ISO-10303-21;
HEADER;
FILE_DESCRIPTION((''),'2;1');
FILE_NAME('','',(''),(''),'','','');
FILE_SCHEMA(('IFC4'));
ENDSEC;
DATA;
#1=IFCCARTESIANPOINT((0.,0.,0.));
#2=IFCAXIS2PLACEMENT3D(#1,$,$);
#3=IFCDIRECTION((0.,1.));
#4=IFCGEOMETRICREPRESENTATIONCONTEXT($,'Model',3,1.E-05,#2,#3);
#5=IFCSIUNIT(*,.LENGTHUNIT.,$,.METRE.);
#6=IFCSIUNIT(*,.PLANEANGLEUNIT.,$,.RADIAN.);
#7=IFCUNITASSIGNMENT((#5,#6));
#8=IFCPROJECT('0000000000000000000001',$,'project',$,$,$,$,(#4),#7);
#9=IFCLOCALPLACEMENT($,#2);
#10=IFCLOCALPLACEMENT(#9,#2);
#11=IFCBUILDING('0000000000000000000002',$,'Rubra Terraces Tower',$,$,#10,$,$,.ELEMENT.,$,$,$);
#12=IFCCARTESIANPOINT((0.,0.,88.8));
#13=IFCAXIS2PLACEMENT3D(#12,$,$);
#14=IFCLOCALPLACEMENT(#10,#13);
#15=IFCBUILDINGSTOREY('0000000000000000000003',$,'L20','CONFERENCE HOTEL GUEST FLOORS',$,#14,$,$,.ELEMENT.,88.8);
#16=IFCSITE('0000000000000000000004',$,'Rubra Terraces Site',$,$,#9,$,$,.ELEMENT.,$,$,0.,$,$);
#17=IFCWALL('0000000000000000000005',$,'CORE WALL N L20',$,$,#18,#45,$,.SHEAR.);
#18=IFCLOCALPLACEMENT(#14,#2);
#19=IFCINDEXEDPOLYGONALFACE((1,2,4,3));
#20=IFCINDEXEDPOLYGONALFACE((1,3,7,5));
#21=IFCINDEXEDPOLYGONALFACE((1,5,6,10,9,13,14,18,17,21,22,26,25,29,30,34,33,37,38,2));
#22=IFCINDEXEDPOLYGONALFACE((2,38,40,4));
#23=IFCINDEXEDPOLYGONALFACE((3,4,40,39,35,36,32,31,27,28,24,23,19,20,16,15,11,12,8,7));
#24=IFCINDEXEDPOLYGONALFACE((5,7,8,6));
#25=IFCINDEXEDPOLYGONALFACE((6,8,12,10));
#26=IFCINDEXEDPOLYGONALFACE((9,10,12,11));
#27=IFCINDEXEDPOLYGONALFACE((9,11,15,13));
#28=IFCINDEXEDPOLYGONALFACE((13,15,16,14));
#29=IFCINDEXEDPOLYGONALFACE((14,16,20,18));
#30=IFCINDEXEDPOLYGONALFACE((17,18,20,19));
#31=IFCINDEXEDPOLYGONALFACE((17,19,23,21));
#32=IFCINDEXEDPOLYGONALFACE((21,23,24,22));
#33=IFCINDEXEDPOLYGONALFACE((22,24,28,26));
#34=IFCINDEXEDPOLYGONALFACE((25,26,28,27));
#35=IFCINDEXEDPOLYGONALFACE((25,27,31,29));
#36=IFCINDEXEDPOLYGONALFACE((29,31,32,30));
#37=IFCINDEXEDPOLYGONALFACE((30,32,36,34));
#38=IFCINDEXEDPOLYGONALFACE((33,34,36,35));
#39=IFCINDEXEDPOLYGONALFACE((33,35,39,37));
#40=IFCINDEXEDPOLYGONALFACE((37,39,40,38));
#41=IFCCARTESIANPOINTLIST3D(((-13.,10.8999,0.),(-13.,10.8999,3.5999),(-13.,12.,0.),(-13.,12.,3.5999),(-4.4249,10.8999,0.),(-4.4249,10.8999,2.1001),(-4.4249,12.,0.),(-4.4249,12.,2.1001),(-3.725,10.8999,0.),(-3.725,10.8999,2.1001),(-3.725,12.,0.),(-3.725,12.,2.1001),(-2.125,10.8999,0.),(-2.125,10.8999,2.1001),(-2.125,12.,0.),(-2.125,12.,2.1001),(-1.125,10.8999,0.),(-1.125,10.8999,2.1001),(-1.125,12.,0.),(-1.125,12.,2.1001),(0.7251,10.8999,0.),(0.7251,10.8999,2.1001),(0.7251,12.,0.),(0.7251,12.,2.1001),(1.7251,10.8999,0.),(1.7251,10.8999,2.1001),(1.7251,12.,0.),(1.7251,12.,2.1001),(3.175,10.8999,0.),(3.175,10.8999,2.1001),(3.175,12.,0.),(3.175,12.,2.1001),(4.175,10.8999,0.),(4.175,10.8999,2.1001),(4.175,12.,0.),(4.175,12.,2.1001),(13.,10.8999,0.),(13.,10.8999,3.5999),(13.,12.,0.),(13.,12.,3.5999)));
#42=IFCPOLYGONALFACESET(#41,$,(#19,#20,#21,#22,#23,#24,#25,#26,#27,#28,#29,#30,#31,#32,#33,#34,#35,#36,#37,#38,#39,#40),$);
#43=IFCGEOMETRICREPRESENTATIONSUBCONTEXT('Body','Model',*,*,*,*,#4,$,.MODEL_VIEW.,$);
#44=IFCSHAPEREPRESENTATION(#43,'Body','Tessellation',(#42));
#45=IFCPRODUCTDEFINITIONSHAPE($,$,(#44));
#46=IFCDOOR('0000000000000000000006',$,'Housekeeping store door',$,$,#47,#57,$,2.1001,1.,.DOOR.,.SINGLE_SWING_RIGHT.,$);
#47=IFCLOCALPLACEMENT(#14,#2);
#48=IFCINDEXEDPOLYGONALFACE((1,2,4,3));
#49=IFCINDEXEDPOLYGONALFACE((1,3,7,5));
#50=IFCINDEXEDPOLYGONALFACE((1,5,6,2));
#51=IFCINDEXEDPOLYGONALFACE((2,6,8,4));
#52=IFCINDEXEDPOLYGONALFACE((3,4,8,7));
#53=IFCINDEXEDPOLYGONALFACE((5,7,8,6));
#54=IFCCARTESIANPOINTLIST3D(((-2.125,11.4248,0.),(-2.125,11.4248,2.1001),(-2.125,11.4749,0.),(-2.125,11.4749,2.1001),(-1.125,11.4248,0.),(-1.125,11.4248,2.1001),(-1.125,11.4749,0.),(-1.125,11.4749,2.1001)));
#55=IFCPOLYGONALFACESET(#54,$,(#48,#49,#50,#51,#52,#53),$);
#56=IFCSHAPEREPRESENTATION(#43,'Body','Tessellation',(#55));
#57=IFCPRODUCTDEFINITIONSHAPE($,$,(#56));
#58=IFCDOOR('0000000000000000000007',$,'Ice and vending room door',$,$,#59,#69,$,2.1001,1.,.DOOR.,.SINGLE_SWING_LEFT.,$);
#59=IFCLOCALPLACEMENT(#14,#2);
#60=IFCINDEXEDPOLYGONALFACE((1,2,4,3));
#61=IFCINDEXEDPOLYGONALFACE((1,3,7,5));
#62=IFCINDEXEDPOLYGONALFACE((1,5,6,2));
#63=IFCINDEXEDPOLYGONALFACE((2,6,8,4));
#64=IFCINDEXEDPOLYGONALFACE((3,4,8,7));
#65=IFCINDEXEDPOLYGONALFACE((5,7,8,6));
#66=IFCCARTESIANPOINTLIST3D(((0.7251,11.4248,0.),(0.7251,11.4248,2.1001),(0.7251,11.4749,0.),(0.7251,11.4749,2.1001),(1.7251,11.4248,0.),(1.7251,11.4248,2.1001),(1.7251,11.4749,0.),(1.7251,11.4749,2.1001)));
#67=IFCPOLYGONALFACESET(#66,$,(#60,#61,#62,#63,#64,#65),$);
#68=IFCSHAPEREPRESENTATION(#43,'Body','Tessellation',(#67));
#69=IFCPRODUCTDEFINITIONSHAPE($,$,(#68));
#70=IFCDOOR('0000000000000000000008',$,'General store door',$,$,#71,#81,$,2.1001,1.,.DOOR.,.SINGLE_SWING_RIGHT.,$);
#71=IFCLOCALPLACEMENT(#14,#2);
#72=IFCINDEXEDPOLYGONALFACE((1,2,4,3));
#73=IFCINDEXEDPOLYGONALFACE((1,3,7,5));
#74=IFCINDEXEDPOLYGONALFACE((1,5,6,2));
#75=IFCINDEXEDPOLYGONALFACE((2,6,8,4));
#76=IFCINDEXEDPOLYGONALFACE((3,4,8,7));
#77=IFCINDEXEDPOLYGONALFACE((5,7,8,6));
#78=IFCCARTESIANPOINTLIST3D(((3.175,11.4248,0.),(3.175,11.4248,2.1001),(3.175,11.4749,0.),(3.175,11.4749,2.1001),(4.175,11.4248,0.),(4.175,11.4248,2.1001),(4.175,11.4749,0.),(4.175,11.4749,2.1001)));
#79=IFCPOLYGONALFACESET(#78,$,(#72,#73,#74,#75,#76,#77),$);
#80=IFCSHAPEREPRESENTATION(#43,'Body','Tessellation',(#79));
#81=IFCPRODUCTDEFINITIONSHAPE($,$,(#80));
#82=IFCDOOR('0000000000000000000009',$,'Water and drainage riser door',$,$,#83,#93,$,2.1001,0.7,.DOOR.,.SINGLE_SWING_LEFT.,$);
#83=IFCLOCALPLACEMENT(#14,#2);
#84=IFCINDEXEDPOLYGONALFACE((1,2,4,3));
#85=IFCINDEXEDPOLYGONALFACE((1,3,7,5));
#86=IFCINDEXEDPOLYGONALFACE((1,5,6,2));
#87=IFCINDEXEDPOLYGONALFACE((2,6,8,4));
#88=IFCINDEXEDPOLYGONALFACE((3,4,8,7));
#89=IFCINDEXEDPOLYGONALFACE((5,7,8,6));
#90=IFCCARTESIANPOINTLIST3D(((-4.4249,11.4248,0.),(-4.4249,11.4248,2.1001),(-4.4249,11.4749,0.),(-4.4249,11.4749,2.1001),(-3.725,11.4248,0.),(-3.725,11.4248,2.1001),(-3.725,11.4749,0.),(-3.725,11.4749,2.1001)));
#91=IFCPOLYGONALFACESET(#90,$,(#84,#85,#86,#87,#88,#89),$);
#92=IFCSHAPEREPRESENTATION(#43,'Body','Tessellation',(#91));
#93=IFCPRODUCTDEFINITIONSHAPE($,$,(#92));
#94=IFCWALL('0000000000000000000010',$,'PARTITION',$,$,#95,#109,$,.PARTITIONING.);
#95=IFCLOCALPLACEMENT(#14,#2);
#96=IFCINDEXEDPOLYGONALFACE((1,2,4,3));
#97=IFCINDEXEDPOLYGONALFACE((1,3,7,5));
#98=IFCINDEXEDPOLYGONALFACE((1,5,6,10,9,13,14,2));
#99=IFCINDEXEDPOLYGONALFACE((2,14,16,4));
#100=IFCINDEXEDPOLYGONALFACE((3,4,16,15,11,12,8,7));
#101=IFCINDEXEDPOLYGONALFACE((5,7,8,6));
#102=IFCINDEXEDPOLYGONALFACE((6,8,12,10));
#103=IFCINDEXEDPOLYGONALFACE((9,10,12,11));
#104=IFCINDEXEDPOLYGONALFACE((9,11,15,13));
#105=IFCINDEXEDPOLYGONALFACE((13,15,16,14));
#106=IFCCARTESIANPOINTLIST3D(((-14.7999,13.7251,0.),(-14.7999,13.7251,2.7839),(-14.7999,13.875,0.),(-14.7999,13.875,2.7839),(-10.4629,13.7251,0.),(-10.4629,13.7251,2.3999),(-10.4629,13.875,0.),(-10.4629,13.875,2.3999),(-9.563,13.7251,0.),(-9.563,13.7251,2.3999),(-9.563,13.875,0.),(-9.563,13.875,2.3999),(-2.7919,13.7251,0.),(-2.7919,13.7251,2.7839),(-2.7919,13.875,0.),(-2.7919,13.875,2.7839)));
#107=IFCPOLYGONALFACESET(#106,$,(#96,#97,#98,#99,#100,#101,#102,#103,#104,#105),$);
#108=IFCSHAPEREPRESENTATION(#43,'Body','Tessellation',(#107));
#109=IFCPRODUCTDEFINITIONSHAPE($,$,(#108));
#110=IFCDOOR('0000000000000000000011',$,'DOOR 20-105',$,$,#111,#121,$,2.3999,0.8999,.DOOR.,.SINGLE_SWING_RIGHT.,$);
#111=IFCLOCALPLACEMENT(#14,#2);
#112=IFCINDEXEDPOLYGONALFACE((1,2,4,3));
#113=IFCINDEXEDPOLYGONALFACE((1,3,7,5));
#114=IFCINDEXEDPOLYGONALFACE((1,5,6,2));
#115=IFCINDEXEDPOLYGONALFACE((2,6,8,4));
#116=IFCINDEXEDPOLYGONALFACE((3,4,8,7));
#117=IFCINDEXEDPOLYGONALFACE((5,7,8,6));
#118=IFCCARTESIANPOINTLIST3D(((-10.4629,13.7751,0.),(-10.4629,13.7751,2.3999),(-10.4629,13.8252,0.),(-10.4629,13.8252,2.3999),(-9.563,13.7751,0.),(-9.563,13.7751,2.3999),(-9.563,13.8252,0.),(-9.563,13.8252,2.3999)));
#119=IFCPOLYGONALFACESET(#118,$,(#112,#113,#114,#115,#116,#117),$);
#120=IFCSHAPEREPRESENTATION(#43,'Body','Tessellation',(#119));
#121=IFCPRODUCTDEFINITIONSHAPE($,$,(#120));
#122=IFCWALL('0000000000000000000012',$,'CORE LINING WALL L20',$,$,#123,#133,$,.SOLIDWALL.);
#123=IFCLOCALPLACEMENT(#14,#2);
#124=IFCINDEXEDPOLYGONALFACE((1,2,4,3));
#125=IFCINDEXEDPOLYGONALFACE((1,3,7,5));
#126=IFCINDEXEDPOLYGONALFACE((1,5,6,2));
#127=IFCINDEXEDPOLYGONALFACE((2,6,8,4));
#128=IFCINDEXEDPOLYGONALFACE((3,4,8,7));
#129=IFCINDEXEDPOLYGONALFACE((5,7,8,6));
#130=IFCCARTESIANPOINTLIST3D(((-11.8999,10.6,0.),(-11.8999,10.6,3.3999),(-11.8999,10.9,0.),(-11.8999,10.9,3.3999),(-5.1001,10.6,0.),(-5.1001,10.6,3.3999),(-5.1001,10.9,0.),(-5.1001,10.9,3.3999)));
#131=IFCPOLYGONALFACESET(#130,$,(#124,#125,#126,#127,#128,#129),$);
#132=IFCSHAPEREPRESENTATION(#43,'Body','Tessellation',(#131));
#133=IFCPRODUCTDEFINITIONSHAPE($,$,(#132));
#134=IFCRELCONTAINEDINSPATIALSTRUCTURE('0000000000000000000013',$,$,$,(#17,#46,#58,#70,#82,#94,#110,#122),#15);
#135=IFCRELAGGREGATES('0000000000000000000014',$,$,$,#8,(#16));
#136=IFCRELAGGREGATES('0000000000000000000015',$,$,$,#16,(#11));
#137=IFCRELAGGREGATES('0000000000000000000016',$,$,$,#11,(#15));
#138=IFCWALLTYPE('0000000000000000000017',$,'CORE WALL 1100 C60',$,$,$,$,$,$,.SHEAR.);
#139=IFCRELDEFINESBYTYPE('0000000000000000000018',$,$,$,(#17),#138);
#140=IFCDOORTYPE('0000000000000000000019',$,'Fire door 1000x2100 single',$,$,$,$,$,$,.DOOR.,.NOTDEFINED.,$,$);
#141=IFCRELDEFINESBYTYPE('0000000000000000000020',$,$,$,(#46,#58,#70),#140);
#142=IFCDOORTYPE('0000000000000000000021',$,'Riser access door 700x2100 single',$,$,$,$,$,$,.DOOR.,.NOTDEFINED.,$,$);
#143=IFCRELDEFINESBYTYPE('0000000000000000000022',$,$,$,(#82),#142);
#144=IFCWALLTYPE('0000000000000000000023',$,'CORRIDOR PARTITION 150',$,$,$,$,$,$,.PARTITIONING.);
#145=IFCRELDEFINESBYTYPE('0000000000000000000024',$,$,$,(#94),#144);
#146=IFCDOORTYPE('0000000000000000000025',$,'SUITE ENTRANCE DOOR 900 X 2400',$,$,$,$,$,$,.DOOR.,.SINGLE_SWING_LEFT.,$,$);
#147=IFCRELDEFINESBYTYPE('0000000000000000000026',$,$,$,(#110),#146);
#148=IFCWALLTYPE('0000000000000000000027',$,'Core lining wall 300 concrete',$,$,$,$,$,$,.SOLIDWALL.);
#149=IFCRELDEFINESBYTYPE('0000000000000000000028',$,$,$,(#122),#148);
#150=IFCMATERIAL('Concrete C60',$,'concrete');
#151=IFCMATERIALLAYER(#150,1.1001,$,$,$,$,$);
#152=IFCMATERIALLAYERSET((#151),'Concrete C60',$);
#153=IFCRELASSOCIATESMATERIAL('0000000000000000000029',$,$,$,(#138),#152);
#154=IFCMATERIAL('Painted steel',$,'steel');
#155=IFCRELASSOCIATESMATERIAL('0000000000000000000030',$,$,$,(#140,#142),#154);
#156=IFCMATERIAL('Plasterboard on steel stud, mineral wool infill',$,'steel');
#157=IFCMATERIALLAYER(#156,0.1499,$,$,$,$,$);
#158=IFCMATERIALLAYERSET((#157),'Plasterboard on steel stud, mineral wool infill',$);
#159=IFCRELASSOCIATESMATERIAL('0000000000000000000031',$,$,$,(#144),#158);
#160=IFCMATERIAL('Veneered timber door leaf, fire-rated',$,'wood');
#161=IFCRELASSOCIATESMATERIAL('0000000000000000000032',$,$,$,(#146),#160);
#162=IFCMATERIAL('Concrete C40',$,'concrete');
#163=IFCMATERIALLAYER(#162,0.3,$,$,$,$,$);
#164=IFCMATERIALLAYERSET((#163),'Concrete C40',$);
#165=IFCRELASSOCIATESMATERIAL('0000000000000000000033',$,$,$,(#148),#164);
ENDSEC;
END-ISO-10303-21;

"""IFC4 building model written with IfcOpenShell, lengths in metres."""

from ifc_helpers import new_model, si_unit, direction, frame, frame_2d, origin, place, context, subcontext, project, spatial, rectangle, extrude, material, layer, layer_set, type_object, element, fill, save


model = new_model("IFC4")

# Units and contexts
model_context = context("Model", 3, precision=1e-05, world=origin(), true_north=direction((0.0, 1.0)))
body_context = subcontext(model_context, "Body", "Model", "MODEL_VIEW")
ifc_project = project(units=[si_unit("LENGTHUNIT", "METRE"), si_unit("PLANEANGLEUNIT", "RADIAN")], contexts=[model_context])

# Site, building, storey
site_placement = place(None, origin())
site = spatial("IfcSite", under=ifc_project, at=site_placement, Name="Rubra Terraces Site", CompositionType="ELEMENT", RefElevation=0.0)
building_placement = place(site_placement, origin())
building = spatial("IfcBuilding", under=site, at=building_placement, Name="Rubra Terraces Tower", CompositionType="ELEMENT")
storey_placement = place(building_placement, frame((0.0, 0.0, 88.8)))
storey = spatial("IfcBuildingStorey", under=building, at=storey_placement, Name="L20", Description="CONFERENCE HOTEL GUEST FLOORS", CompositionType="ELEMENT", Elevation=88.8)

# Shared definitions
ifc_material_1 = material(Name="Concrete C60", Category="concrete")

# Wall, openings, doors
ifc_layer_1 = layer(ifc_material_1, 1.1001)
ifc_layer_set_1 = layer_set([ifc_layer_1], Name="Concrete C60")
wall_type_1 = type_object("IfcWallType", Name="CORE WALL 1100 C60", PredefinedType="SHEAR", material=ifc_layer_set_1)
wall_1_placement = place(storey_placement, frame((-13.0, 11.45, 0.0), z_axis=(0.0, 0.0, 1.0), x_axis=(1.0, 0.0, 0.0)))
wall_1 = element("IfcWall", 1, at=wall_1_placement, inside=storey, type_object=wall_type_1, Name="CORE WALL N L20", PredefinedType="SHEAR", context=body_context, shape_type="SweptSolid", body=[
    extrude(rectangle(XDim=26.0, YDim=1.1001, at=frame_2d((13.0, 0.0))), origin(), (0.0, 0.0, 1.0), 3.5999),
])
opening_1_placement = place(wall_1_placement, frame((8.575, 0.0, 0.0)))
opening_1 = element("IfcOpeningElement", 2, at=opening_1_placement, cuts=wall_1, PredefinedType="OPENING", context=body_context, shape_type="SweptSolid", body=[
    extrude(rectangle(XDim=0.7, YDim=2.1001, at=frame_2d((0.3501, 1.05))), frame((0.0, 0.5601, 0.0), z_axis=(0.0, -1.0, 0.0), x_axis=(1.0, 0.0, 0.0)), (0.0, 0.0, 1.0), 1.1201),
])
opening_2_placement = place(wall_1_placement, frame((10.875, 0.0, 0.0)))
opening_2 = element("IfcOpeningElement", 3, at=opening_2_placement, cuts=wall_1, PredefinedType="OPENING", context=body_context, shape_type="SweptSolid", body=[
    extrude(rectangle(XDim=1.0, YDim=2.1001, at=frame_2d((0.5, 1.05))), frame((0.0, 0.5601, 0.0), z_axis=(0.0, -1.0, 0.0), x_axis=(1.0, 0.0, 0.0)), (0.0, 0.0, 1.0), 1.1201),
])
opening_3_placement = place(wall_1_placement, frame((13.7251, 0.0, 0.0)))
opening_3 = element("IfcOpeningElement", 4, at=opening_3_placement, cuts=wall_1, PredefinedType="OPENING", context=body_context, shape_type="SweptSolid", body=[
    extrude(rectangle(XDim=1.0, YDim=2.1001, at=frame_2d((0.5, 1.05))), frame((0.0, 0.5601, 0.0), z_axis=(0.0, -1.0, 0.0), x_axis=(1.0, 0.0, 0.0)), (0.0, 0.0, 1.0), 1.1201),
])
opening_4_placement = place(wall_1_placement, frame((16.175, 0.0, 0.0)))
opening_4 = element("IfcOpeningElement", 5, at=opening_4_placement, cuts=wall_1, PredefinedType="OPENING", context=body_context, shape_type="SweptSolid", body=[
    extrude(rectangle(XDim=1.0, YDim=2.1001, at=frame_2d((0.5, 1.05))), frame((0.0, 0.5601, 0.0), z_axis=(0.0, -1.0, 0.0), x_axis=(1.0, 0.0, 0.0)), (0.0, 0.0, 1.0), 1.1201),
])
ifc_material_2 = material(Name="Painted steel", Category="steel")
door_type_1 = type_object("IfcDoorType", Name="Fire door 1000x2100 single", OperationType="NOTDEFINED", PredefinedType="DOOR", material=ifc_material_2)
door_1_placement = place(opening_2_placement, origin())
door_1 = element("IfcDoor", 6, at=door_1_placement, inside=storey, type_object=door_type_1, Name="Housekeeping store door", OperationType="SINGLE_SWING_RIGHT", OverallHeight=2.1001, OverallWidth=1.0, PredefinedType="DOOR", context=body_context, shape_type="SweptSolid", body=[
    extrude(rectangle(XDim=1.0, YDim=2.1001, at=frame_2d((0.5, 1.05))), frame((0.0, 0.0249, 0.0), z_axis=(0.0, -1.0, 0.0), x_axis=(1.0, 0.0, 0.0)), (0.0, 0.0, 1.0), 0.05),
])
fill(opening_2, door_1)
door_2_placement = place(opening_3_placement, origin())
door_2 = element("IfcDoor", 7, at=door_2_placement, inside=storey, type_object=door_type_1, Name="Ice and vending room door", OperationType="SINGLE_SWING_LEFT", OverallHeight=2.1001, OverallWidth=1.0, PredefinedType="DOOR", context=body_context, shape_type="SweptSolid", body=[
    extrude(rectangle(XDim=1.0, YDim=2.1001, at=frame_2d((0.5, 1.05))), frame((0.0, 0.0249, 0.0), z_axis=(0.0, -1.0, 0.0), x_axis=(1.0, 0.0, 0.0)), (0.0, 0.0, 1.0), 0.05),
])
fill(opening_3, door_2)
door_3_placement = place(opening_4_placement, origin())
door_3 = element("IfcDoor", 8, at=door_3_placement, inside=storey, type_object=door_type_1, Name="General store door", OperationType="SINGLE_SWING_RIGHT", OverallHeight=2.1001, OverallWidth=1.0, PredefinedType="DOOR", context=body_context, shape_type="SweptSolid", body=[
    extrude(rectangle(XDim=1.0, YDim=2.1001, at=frame_2d((0.5, 1.05))), frame((0.0, 0.0249, 0.0), z_axis=(0.0, -1.0, 0.0), x_axis=(1.0, 0.0, 0.0)), (0.0, 0.0, 1.0), 0.05),
])
fill(opening_4, door_3)
door_type_2 = type_object("IfcDoorType", Name="Riser access door 700x2100 single", OperationType="NOTDEFINED", PredefinedType="DOOR", material=ifc_material_2)
door_4_placement = place(opening_1_placement, origin())
door_4 = element("IfcDoor", 9, at=door_4_placement, inside=storey, type_object=door_type_2, Name="Water and drainage riser door", OperationType="SINGLE_SWING_LEFT", OverallHeight=2.1001, OverallWidth=0.7, PredefinedType="DOOR", context=body_context, shape_type="SweptSolid", body=[
    extrude(rectangle(XDim=0.7, YDim=2.1001, at=frame_2d((0.3501, 1.05))), frame((0.0, 0.0249, 0.0), z_axis=(0.0, -1.0, 0.0), x_axis=(1.0, 0.0, 0.0)), (0.0, 0.0, 1.0), 0.05),
])
fill(opening_1, door_4)

# Wall, opening, door
ifc_material_3 = material(Name="Plasterboard on steel stud, mineral wool infill", Category="steel")
ifc_layer_2 = layer(ifc_material_3, 0.1499)
ifc_layer_set_2 = layer_set([ifc_layer_2], Name="Plasterboard on steel stud, mineral wool infill")
wall_type_2 = type_object("IfcWallType", Name="CORRIDOR PARTITION 150", PredefinedType="PARTITIONING", material=ifc_layer_set_2)
wall_2_placement = place(storey_placement, frame((-2.792, 13.8, 0.0), z_axis=(0.0, 0.0, 1.0), x_axis=(-1.0, 0.0, 0.0)))
wall_2 = element("IfcWall", 10, at=wall_2_placement, inside=storey, type_object=wall_type_2, Name="PARTITION", PredefinedType="PARTITIONING", context=body_context, shape_type="SweptSolid", body=[
    extrude(rectangle(XDim=12.0081, YDim=0.1499, at=frame_2d((6.0039, 0.0))), origin(), (0.0, 0.0, 1.0), 2.7839),
])
opening_5_placement = place(wall_2_placement, frame((6.771, 0.0, 0.0)))
opening_5 = element("IfcOpeningElement", 11, at=opening_5_placement, cuts=wall_2, PredefinedType="OPENING", context=body_context, shape_type="SweptSolid", body=[
    extrude(rectangle(XDim=0.8999, YDim=2.3999, at=frame_2d((0.45, 1.2))), frame((0.0, 0.085, 0.0), z_axis=(0.0, -1.0, 0.0), x_axis=(1.0, 0.0, 0.0)), (0.0, 0.0, 1.0), 0.1699),
])
ifc_material_4 = material(Name="Veneered timber door leaf, fire-rated", Category="wood")
door_type_3 = type_object("IfcDoorType", Name="SUITE ENTRANCE DOOR 900 X 2400", OperationType="SINGLE_SWING_LEFT", PredefinedType="DOOR", material=ifc_material_4)
door_5_placement = place(opening_5_placement, origin())
door_5 = element("IfcDoor", 12, at=door_5_placement, inside=storey, type_object=door_type_3, Name="DOOR 20-105", OperationType="SINGLE_SWING_RIGHT", OverallHeight=2.3999, OverallWidth=0.8999, PredefinedType="DOOR", context=body_context, shape_type="SweptSolid", body=[
    extrude(rectangle(XDim=0.8999, YDim=2.3999, at=frame_2d((0.45, 1.2))), frame((0.0, 0.0249, 0.0), z_axis=(0.0, -1.0, 0.0), x_axis=(1.0, 0.0, 0.0)), (0.0, 0.0, 1.0), 0.05),
])
fill(opening_5, door_5)

# Wall
ifc_material_5 = material(Name="Concrete C40", Category="concrete")
ifc_layer_3 = layer(ifc_material_5, 0.3)
ifc_layer_set_3 = layer_set([ifc_layer_3], Name="Concrete C40")
wall_type_3 = type_object("IfcWallType", Name="Core lining wall 300 concrete", PredefinedType="SOLIDWALL", material=ifc_layer_set_3)
wall_3_placement = place(storey_placement, frame((-11.8999, 10.75, 0.0), z_axis=(0.0, 0.0, 1.0), x_axis=(1.0, 0.0, 0.0)))
element("IfcWall", 13, at=wall_3_placement, inside=storey, type_object=wall_type_3, Name="CORE LINING WALL L20", PredefinedType="SOLIDWALL", context=body_context, shape_type="SweptSolid", body=[
    extrude(rectangle(XDim=6.7998, YDim=0.3, at=frame_2d((3.3999, 0.0))), origin(), (0.0, 0.0, 1.0), 3.3999),
])

save(model, "model.ifc")
